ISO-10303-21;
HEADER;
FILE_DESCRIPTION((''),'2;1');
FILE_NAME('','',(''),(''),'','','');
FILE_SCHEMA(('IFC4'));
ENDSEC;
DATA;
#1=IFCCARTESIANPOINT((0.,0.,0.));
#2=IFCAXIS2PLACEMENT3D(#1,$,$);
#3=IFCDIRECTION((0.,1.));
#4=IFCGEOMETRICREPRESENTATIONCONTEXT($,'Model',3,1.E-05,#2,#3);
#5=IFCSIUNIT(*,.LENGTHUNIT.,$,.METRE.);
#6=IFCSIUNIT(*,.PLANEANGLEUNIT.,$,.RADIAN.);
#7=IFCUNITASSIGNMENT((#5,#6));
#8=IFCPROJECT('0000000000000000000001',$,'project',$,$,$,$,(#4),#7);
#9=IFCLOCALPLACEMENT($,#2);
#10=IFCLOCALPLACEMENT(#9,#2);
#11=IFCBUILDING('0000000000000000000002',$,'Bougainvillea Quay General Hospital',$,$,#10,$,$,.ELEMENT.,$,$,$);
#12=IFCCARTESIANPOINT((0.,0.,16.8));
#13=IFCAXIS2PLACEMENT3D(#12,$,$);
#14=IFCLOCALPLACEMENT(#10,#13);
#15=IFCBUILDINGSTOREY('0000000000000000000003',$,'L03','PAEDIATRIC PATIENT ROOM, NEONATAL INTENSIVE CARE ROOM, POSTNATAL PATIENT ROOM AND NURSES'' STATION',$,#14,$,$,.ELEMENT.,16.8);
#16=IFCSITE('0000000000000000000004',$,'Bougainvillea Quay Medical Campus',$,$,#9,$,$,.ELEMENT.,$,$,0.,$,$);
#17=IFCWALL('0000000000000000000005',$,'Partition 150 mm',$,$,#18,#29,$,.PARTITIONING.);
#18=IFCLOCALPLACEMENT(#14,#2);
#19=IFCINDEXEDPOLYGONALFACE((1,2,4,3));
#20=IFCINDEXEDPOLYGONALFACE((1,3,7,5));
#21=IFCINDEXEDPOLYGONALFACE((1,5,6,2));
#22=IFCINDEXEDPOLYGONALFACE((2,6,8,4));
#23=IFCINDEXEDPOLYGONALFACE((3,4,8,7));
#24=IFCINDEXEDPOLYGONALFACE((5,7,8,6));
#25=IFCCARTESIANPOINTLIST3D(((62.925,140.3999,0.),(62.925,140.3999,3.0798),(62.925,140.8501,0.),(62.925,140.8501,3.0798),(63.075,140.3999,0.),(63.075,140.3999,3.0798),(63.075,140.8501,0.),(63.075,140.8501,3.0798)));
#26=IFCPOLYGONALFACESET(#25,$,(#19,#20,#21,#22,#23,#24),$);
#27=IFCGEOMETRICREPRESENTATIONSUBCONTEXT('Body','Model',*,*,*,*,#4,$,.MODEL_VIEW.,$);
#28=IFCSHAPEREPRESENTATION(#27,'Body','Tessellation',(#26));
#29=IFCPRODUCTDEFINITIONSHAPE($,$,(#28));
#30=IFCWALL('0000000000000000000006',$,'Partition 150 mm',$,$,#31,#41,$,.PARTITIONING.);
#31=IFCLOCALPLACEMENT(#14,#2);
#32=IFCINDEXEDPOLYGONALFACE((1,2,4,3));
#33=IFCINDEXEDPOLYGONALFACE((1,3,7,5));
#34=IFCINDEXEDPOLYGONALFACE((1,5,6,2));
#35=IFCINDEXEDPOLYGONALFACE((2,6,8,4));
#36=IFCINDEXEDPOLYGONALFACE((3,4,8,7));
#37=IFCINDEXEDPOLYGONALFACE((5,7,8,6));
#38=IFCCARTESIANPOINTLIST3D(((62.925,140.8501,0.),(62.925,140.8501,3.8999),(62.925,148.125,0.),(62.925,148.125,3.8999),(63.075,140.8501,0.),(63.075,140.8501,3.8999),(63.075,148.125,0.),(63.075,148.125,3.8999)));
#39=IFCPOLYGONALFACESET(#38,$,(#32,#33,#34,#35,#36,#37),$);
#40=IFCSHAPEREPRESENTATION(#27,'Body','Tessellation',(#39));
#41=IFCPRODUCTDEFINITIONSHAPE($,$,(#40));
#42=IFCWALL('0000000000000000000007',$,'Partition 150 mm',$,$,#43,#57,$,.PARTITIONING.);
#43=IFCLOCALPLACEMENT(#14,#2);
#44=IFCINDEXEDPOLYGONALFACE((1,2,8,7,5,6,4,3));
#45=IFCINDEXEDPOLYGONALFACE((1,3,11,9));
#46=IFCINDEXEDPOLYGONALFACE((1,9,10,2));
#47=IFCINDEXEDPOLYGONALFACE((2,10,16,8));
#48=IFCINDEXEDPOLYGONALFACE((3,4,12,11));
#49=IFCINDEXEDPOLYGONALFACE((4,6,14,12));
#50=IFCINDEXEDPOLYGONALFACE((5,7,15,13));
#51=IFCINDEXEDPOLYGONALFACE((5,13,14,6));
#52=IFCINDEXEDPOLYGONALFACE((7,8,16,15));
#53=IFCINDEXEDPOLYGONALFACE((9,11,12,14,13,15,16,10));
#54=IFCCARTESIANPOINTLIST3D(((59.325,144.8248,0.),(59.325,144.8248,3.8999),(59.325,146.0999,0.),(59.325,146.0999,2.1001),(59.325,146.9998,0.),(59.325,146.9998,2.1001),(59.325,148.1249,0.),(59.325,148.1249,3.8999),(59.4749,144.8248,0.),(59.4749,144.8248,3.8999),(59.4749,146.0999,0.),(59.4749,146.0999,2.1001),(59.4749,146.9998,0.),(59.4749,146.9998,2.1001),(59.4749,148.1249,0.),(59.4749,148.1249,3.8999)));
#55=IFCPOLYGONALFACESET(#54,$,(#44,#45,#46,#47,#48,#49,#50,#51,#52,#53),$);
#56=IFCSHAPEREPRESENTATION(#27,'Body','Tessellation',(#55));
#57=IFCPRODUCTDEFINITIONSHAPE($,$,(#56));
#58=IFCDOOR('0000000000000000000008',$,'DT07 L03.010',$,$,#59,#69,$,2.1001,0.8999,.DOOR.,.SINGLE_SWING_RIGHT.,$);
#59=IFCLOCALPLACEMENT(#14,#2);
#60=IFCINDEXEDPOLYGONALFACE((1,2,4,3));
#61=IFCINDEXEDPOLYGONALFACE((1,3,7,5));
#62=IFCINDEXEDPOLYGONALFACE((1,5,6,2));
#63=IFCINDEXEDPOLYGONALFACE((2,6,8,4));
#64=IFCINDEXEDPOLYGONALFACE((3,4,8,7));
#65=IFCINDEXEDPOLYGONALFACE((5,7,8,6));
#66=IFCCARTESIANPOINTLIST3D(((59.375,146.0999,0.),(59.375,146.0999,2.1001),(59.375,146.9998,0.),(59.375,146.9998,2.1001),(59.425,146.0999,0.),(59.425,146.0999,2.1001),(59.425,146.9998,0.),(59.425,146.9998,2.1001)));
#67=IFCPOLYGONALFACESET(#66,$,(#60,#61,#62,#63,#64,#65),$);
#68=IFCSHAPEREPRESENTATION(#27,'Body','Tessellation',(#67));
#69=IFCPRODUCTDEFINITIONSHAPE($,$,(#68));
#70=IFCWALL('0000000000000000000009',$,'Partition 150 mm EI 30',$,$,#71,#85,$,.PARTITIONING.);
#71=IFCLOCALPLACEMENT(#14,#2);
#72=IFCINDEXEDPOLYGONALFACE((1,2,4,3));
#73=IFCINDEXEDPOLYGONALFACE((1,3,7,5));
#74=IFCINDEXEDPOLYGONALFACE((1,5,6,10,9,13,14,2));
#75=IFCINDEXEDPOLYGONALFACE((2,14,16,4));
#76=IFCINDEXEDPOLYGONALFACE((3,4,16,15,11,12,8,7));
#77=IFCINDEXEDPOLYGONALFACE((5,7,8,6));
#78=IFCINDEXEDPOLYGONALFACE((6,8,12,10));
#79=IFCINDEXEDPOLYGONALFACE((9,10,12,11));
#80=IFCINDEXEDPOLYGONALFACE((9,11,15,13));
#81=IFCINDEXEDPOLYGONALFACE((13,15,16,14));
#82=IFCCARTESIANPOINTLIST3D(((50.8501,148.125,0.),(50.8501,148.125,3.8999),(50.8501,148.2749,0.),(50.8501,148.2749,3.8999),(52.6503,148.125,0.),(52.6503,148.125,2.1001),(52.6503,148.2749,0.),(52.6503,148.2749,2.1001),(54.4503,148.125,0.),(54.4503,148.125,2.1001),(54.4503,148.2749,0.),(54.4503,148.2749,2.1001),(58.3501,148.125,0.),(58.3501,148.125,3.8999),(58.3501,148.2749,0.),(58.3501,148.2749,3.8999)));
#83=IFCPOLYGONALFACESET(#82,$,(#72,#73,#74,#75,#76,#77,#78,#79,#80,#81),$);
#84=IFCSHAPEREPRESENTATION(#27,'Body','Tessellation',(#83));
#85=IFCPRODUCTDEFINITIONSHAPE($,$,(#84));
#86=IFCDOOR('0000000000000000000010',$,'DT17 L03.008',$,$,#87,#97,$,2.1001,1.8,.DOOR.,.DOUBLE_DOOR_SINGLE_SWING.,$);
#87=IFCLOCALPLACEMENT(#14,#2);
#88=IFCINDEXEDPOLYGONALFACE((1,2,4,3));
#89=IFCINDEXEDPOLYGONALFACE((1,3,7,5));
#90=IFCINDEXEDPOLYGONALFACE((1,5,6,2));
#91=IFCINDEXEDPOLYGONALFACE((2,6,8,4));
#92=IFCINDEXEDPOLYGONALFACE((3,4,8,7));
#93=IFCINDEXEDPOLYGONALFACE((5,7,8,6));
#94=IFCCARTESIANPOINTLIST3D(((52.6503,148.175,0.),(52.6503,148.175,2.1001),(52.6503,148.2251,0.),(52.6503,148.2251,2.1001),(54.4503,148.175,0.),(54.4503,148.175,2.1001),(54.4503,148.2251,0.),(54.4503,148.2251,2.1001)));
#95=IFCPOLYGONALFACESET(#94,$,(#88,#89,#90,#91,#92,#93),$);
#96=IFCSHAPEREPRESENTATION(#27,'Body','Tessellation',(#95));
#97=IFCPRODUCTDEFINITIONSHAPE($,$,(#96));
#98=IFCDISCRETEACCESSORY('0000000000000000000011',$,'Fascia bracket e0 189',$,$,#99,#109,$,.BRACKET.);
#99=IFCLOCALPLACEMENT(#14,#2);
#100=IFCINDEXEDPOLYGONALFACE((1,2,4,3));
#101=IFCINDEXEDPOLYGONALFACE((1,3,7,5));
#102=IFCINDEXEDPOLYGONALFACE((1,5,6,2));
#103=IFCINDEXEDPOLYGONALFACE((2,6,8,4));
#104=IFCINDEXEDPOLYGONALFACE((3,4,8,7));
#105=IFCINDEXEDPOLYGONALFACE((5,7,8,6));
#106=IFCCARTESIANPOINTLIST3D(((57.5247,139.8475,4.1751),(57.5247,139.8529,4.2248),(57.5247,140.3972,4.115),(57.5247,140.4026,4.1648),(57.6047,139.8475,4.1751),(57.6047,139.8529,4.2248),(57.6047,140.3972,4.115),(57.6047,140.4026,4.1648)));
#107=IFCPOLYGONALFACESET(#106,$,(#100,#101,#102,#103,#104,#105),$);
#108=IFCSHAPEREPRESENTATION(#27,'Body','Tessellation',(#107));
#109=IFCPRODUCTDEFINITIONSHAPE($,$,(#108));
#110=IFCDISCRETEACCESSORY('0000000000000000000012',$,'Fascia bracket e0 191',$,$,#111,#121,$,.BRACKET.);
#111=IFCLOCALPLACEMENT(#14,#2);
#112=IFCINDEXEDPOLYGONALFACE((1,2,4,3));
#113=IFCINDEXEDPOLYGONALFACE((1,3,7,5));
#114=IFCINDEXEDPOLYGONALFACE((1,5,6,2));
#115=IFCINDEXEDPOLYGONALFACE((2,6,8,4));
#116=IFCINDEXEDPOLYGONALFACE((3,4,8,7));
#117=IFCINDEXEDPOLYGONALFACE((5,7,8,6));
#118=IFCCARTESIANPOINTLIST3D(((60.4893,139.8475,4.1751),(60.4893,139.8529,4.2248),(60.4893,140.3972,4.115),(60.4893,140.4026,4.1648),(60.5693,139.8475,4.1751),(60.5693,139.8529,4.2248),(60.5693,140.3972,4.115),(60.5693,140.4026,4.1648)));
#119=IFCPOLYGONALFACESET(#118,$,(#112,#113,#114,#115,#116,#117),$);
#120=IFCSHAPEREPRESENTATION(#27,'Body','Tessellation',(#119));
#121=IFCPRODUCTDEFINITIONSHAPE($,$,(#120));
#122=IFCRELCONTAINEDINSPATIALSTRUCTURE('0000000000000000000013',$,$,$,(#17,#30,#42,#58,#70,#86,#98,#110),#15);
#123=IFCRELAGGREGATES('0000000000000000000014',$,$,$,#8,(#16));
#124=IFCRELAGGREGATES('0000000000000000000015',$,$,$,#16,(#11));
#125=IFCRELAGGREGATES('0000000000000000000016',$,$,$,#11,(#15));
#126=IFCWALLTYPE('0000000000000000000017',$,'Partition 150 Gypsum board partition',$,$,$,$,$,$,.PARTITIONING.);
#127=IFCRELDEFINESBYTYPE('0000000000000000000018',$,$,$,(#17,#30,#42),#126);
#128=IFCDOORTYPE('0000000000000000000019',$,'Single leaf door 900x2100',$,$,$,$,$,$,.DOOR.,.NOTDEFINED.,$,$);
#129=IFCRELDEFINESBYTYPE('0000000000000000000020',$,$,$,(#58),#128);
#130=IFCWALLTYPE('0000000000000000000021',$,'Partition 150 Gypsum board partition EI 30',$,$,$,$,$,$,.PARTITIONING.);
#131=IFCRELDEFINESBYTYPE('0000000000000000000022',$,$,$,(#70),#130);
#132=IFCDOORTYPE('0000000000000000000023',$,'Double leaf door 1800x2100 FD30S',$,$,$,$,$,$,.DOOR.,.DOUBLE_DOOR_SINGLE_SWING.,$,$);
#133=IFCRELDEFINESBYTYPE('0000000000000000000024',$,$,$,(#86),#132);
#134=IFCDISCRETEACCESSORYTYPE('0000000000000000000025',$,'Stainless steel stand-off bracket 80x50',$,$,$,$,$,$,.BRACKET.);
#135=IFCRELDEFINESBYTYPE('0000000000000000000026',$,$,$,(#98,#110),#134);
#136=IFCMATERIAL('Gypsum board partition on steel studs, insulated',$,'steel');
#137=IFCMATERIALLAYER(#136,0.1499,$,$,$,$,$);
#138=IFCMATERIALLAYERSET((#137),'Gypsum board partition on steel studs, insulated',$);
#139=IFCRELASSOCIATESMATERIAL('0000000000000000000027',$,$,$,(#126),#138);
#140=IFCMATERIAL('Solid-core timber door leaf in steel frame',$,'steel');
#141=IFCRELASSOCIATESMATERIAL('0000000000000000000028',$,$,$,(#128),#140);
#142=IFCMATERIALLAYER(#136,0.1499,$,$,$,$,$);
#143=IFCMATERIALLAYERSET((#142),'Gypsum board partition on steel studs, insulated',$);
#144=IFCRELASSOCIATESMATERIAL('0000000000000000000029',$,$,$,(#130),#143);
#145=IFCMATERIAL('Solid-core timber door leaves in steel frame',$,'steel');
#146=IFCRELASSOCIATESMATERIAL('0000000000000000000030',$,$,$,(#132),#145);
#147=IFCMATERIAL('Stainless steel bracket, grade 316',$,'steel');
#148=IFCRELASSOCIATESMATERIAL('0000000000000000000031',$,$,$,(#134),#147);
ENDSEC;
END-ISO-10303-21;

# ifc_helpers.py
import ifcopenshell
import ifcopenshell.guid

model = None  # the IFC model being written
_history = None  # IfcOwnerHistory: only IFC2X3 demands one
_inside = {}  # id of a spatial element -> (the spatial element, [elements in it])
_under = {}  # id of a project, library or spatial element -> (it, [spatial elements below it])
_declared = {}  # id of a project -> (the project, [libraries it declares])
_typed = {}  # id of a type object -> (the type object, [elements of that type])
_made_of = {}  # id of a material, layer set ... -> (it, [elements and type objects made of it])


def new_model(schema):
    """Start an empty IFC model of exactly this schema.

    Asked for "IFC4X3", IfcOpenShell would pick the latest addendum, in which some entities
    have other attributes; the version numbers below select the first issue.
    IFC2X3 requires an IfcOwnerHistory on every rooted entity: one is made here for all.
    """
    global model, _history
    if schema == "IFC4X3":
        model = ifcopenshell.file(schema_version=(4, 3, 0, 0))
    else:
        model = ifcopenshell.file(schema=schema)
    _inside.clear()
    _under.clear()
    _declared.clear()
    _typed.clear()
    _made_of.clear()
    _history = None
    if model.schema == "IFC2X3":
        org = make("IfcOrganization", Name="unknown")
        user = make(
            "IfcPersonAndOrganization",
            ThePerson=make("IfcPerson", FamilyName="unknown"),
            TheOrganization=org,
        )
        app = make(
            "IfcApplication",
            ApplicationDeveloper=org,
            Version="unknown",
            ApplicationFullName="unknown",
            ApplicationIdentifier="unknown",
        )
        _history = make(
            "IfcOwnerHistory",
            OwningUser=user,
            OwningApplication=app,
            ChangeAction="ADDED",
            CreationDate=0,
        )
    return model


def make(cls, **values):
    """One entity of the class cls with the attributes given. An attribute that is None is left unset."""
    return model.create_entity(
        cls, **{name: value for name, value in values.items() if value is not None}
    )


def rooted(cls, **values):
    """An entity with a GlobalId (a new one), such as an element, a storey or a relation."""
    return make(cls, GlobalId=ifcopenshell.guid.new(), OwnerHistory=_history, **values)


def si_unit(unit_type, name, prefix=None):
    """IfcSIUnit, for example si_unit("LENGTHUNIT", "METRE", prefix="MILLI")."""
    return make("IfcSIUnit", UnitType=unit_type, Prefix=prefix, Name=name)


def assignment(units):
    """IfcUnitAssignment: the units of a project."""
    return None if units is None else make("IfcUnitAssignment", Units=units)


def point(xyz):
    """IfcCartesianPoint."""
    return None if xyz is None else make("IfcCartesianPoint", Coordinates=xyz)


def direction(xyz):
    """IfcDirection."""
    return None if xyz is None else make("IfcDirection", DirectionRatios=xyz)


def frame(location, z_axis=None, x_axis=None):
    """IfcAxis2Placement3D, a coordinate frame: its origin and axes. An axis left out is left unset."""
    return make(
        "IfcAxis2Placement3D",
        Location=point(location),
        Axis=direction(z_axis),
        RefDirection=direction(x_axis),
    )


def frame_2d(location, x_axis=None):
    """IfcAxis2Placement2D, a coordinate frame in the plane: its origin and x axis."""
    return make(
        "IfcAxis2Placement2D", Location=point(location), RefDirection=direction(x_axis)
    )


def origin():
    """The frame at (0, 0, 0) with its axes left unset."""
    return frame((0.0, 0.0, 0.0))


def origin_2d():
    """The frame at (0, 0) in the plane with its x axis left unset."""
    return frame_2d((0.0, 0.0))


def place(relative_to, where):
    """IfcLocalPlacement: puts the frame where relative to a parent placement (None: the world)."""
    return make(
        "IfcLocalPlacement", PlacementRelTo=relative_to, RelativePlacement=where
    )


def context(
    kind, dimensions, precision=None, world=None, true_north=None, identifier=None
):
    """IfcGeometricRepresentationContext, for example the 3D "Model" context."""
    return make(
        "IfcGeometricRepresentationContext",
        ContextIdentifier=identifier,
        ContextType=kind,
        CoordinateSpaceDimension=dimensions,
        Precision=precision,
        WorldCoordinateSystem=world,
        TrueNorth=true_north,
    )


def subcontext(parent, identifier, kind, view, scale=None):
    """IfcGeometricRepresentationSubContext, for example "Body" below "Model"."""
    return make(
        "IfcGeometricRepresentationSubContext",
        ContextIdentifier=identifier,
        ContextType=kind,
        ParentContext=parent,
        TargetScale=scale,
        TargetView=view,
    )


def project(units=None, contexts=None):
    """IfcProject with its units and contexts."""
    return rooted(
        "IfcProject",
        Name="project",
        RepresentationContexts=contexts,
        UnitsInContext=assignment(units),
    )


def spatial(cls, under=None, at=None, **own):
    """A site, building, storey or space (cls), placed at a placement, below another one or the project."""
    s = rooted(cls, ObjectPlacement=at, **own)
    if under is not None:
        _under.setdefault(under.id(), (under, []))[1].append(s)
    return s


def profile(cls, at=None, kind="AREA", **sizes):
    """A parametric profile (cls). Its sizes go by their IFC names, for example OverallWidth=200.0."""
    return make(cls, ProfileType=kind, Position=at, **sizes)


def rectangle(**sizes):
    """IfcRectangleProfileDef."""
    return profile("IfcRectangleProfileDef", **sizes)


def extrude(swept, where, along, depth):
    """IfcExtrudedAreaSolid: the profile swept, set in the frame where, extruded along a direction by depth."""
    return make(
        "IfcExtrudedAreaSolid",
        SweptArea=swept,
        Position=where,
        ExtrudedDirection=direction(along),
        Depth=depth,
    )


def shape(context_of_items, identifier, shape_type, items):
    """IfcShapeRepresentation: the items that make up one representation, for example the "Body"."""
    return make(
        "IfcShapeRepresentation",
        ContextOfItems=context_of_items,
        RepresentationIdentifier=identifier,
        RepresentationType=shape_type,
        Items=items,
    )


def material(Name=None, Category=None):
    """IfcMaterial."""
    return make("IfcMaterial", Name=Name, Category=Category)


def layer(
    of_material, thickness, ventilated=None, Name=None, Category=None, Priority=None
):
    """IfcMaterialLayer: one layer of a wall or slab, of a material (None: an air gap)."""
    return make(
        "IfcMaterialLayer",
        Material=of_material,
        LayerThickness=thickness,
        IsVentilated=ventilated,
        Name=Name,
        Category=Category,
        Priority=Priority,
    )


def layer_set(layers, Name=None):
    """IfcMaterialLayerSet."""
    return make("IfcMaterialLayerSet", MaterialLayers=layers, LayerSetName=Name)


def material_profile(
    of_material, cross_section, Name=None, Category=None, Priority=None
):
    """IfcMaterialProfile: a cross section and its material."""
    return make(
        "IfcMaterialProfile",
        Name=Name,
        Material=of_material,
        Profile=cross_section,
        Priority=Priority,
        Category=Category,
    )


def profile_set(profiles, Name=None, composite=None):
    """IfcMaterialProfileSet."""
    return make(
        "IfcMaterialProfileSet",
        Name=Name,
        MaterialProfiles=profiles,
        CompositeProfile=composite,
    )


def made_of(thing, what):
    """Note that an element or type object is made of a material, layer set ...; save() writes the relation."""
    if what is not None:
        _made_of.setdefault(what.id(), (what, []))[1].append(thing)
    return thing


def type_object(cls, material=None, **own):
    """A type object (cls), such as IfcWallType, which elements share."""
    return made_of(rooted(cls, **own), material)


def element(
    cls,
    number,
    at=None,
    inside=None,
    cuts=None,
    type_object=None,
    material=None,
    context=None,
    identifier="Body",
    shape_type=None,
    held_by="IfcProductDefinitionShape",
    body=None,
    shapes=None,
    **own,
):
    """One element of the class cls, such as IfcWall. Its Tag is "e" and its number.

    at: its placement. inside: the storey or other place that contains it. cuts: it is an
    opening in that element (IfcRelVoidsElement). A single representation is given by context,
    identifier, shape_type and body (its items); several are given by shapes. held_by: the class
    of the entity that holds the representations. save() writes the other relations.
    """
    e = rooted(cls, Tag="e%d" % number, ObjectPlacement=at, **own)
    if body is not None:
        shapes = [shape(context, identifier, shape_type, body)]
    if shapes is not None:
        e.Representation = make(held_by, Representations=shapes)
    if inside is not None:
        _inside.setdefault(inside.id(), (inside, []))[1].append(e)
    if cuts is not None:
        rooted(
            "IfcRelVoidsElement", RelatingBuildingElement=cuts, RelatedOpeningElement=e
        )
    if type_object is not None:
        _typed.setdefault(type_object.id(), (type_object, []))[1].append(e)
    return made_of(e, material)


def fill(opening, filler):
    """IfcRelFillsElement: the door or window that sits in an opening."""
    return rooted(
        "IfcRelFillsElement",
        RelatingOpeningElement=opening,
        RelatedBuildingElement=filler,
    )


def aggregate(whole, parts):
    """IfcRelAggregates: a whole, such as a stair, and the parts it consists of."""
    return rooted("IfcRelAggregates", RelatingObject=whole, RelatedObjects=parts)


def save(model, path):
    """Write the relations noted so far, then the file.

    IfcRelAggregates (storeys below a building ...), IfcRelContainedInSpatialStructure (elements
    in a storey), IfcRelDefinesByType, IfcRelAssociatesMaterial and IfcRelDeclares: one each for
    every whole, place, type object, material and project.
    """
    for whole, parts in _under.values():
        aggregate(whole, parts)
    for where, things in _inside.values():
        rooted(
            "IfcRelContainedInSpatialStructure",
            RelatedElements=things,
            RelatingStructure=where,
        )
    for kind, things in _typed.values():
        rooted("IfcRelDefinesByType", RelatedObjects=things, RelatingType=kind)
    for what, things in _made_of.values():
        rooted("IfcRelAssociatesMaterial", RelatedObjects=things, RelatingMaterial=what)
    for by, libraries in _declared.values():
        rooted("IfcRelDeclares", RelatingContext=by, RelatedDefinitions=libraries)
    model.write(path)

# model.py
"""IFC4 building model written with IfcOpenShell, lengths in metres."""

from ifc_helpers import new_model, si_unit, direction, frame, frame_2d, origin, origin_2d, place, context, subcontext, project, spatial, rectangle, extrude, material, layer, layer_set, material_profile, profile_set, type_object, element, fill, save


model = new_model("IFC4")

# Units and contexts
model_context = context("Model", 3, precision=1e-05, world=origin(), true_north=direction((0.0, 1.0)))
body_context = subcontext(model_context, "Body", "Model", "MODEL_VIEW")
ifc_project = project(units=[si_unit("LENGTHUNIT", "METRE"), si_unit("PLANEANGLEUNIT", "RADIAN")], contexts=[model_context])

# Site, building, storey
site_placement = place(None, origin())
site = spatial("IfcSite", under=ifc_project, at=site_placement, Name="Bougainvillea Quay Medical Campus", CompositionType="ELEMENT", RefElevation=0.0)
building_placement = place(site_placement, origin())
building = spatial("IfcBuilding", under=site, at=building_placement, Name="Bougainvillea Quay General Hospital", CompositionType="ELEMENT")
storey_placement = place(building_placement, frame((0.0, 0.0, 16.8)))
storey = spatial("IfcBuildingStorey", under=building, at=storey_placement, Name="L03", Description="PAEDIATRIC PATIENT ROOM, NEONATAL INTENSIVE CARE ROOM, POSTNATAL PATIENT ROOM AND NURSES' STATION", CompositionType="ELEMENT", Elevation=16.8)

# Walls
ifc_material_1 = material(Name="Gypsum board partition on steel studs, insulated", Category="steel")
ifc_layer_1 = layer(ifc_material_1, 0.1499)
ifc_layer_set_1 = layer_set([ifc_layer_1], Name="Gypsum board partition on steel studs, insulated")
wall_type_1 = type_object("IfcWallType", Name="Partition 150 Gypsum board partition", PredefinedType="PARTITIONING", material=ifc_layer_set_1)
wall_1_placement = place(storey_placement, frame((63.0, 140.3999, 0.0), z_axis=(0.0, 0.0, 1.0), x_axis=(0.0, 1.0, 0.0)))
element("IfcWall", 1, at=wall_1_placement, inside=storey, type_object=wall_type_1, Name="Partition 150 mm", PredefinedType="PARTITIONING", context=body_context, shape_type="SweptSolid", body=[
    extrude(rectangle(XDim=0.4502, YDim=0.1499, at=frame_2d((0.2251, 0.0))), origin(), (0.0, 0.0, 1.0), 3.0798),
])
wall_2_placement = place(storey_placement, frame((63.0, 140.8501, 0.0), z_axis=(0.0, 0.0, 1.0), x_axis=(0.0, 1.0, 0.0)))
element("IfcWall", 2, at=wall_2_placement, inside=storey, type_object=wall_type_1, Name="Partition 150 mm", PredefinedType="PARTITIONING", context=body_context, shape_type="SweptSolid", body=[
    extrude(rectangle(XDim=7.2749, YDim=0.1499, at=frame_2d((3.6375, 0.0))), origin(), (0.0, 0.0, 1.0), 3.8999),
])

# Walls, openings, doors
wall_3_placement = place(storey_placement, frame((59.3999, 144.825, 0.0), z_axis=(0.0, 0.0, 1.0), x_axis=(0.0, 1.0, 0.0)))
wall_3 = element("IfcWall", 3, at=wall_3_placement, inside=storey, type_object=wall_type_1, Name="Partition 150 mm", PredefinedType="PARTITIONING", context=body_context, shape_type="SweptSolid", body=[
    extrude(rectangle(XDim=3.3, YDim=0.1499, at=frame_2d((1.6499, 0.0))), origin(), (0.0, 0.0, 1.0), 3.8999),
])
opening_1_placement = place(wall_3_placement, frame((1.2749, 0.0, 0.0)))
opening_1 = element("IfcOpeningElement", 4, at=opening_1_placement, cuts=wall_3, PredefinedType="OPENING", context=body_context, shape_type="SweptSolid", body=[
    extrude(rectangle(XDim=0.8999, YDim=2.1001, at=frame_2d((0.45, 1.05))), frame((0.0, 0.085, 0.0), z_axis=(0.0, -1.0, 0.0), x_axis=(1.0, 0.0, 0.0)), (0.0, 0.0, 1.0), 0.1699),
])
ifc_material_2 = material(Name="Solid-core timber door leaf in steel frame", Category="steel")
door_type_1 = type_object("IfcDoorType", Name="Single leaf door 900x2100", OperationType="NOTDEFINED", PredefinedType="DOOR", material=ifc_material_2)
door_1_placement = place(opening_1_placement, origin())
door_1 = element("IfcDoor", 5, at=door_1_placement, inside=storey, type_object=door_type_1, Name="DT07 L03.010", OperationType="SINGLE_SWING_RIGHT", OverallHeight=2.1001, OverallWidth=0.8999, PredefinedType="DOOR", context=body_context, shape_type="SweptSolid", body=[
    extrude(rectangle(XDim=0.8999, YDim=2.1001, at=frame_2d((0.45, 1.05))), frame((0.0, 0.0249, 0.0), z_axis=(0.0, -1.0, 0.0), x_axis=(1.0, 0.0, 0.0)), (0.0, 0.0, 1.0), 0.05),
])
fill(opening_1, door_1)
ifc_layer_2 = layer(ifc_material_1, 0.1499)
ifc_layer_set_2 = layer_set([ifc_layer_2], Name="Gypsum board partition on steel studs, insulated")
wall_type_2 = type_object("IfcWallType", Name="Partition 150 Gypsum board partition EI 30", PredefinedType="PARTITIONING", material=ifc_layer_set_2)
wall_4_placement = place(storey_placement, frame((58.3501, 148.2, 0.0), z_axis=(0.0, 0.0, 1.0), x_axis=(-1.0, 0.0, 0.0)))
wall_4 = element("IfcWall", 6, at=wall_4_placement, inside=storey, type_object=wall_type_2, Name="Partition 150 mm EI 30", PredefinedType="PARTITIONING", context=body_context, shape_type="SweptSolid", body=[
    extrude(rectangle(XDim=7.5, YDim=0.1499, at=frame_2d((3.75, 0.0))), origin(), (0.0, 0.0, 1.0), 3.8999),
])
opening_2_placement = place(wall_4_placement, frame((3.8999, 0.0, 0.0)))
opening_2 = element("IfcOpeningElement", 7, at=opening_2_placement, cuts=wall_4, PredefinedType="OPENING", context=body_context, shape_type="SweptSolid", body=[
    extrude(rectangle(XDim=1.8, YDim=2.1001, at=frame_2d((0.8999, 1.05))), frame((0.0, 0.085, 0.0), z_axis=(0.0, -1.0, 0.0), x_axis=(1.0, 0.0, 0.0)), (0.0, 0.0, 1.0), 0.1699),
])
ifc_material_3 = material(Name="Solid-core timber door leaves in steel frame", Category="steel")
door_type_2 = type_object("IfcDoorType", Name="Double leaf door 1800x2100 FD30S", OperationType="DOUBLE_DOOR_SINGLE_SWING", PredefinedType="DOOR", material=ifc_material_3)
door_2_placement = place(opening_2_placement, origin())
door_2 = element("IfcDoor", 8, at=door_2_placement, inside=storey, type_object=door_type_2, Name="DT17 L03.008", OperationType="DOUBLE_DOOR_SINGLE_SWING", OverallHeight=2.1001, OverallWidth=1.8, PredefinedType="DOOR", context=body_context, shape_type="SweptSolid", body=[
    extrude(rectangle(XDim=1.8, YDim=2.1001, at=frame_2d((0.8999, 1.05))), frame((0.0, 0.0249, 0.0), z_axis=(0.0, -1.0, 0.0), x_axis=(1.0, 0.0, 0.0)), (0.0, 0.0, 1.0), 0.05),
])
fill(opening_2, door_2)

# Discrete accessories
ifc_material_4 = material(Name="Stainless steel bracket, grade 316", Category="steel")
ifc_material_profile_1 = material_profile(ifc_material_4, rectangle(XDim=0.0801, YDim=0.05, at=origin_2d()))
ifc_profile_set_1 = profile_set([ifc_material_profile_1], Name="Stainless steel bracket, grade 316")
discrete_accessory_type = type_object("IfcDiscreteAccessoryType", Name="Stainless steel stand-off bracket 80x50", PredefinedType="BRACKET", material=ifc_profile_set_1)
for number, where, z_axis, x_axis, name in (
    (9, (57.5647, 140.3999, 4.1399), (0.0, -0.994087, 0.10859), (1.0, 0.0, 0.0), "Fascia bracket e0 189"),
    (10, (60.5293, 140.3999, 4.1399), (0.0, -0.994087, 0.10859), (1.0, 0.0, 0.0), "Fascia bracket e0 191"),
):
    element("IfcDiscreteAccessory", number, at=place(storey_placement, frame(where, z_axis=z_axis, x_axis=x_axis)), inside=storey, type_object=discrete_accessory_type, Name=name, PredefinedType="BRACKET", context=body_context, shape_type="SweptSolid", body=[
        extrude(rectangle(XDim=0.0801, YDim=0.05, at=origin_2d()), origin(), (0.0, 0.0, 1.0), 0.553),
    ])

save(model, "model.ifc")
